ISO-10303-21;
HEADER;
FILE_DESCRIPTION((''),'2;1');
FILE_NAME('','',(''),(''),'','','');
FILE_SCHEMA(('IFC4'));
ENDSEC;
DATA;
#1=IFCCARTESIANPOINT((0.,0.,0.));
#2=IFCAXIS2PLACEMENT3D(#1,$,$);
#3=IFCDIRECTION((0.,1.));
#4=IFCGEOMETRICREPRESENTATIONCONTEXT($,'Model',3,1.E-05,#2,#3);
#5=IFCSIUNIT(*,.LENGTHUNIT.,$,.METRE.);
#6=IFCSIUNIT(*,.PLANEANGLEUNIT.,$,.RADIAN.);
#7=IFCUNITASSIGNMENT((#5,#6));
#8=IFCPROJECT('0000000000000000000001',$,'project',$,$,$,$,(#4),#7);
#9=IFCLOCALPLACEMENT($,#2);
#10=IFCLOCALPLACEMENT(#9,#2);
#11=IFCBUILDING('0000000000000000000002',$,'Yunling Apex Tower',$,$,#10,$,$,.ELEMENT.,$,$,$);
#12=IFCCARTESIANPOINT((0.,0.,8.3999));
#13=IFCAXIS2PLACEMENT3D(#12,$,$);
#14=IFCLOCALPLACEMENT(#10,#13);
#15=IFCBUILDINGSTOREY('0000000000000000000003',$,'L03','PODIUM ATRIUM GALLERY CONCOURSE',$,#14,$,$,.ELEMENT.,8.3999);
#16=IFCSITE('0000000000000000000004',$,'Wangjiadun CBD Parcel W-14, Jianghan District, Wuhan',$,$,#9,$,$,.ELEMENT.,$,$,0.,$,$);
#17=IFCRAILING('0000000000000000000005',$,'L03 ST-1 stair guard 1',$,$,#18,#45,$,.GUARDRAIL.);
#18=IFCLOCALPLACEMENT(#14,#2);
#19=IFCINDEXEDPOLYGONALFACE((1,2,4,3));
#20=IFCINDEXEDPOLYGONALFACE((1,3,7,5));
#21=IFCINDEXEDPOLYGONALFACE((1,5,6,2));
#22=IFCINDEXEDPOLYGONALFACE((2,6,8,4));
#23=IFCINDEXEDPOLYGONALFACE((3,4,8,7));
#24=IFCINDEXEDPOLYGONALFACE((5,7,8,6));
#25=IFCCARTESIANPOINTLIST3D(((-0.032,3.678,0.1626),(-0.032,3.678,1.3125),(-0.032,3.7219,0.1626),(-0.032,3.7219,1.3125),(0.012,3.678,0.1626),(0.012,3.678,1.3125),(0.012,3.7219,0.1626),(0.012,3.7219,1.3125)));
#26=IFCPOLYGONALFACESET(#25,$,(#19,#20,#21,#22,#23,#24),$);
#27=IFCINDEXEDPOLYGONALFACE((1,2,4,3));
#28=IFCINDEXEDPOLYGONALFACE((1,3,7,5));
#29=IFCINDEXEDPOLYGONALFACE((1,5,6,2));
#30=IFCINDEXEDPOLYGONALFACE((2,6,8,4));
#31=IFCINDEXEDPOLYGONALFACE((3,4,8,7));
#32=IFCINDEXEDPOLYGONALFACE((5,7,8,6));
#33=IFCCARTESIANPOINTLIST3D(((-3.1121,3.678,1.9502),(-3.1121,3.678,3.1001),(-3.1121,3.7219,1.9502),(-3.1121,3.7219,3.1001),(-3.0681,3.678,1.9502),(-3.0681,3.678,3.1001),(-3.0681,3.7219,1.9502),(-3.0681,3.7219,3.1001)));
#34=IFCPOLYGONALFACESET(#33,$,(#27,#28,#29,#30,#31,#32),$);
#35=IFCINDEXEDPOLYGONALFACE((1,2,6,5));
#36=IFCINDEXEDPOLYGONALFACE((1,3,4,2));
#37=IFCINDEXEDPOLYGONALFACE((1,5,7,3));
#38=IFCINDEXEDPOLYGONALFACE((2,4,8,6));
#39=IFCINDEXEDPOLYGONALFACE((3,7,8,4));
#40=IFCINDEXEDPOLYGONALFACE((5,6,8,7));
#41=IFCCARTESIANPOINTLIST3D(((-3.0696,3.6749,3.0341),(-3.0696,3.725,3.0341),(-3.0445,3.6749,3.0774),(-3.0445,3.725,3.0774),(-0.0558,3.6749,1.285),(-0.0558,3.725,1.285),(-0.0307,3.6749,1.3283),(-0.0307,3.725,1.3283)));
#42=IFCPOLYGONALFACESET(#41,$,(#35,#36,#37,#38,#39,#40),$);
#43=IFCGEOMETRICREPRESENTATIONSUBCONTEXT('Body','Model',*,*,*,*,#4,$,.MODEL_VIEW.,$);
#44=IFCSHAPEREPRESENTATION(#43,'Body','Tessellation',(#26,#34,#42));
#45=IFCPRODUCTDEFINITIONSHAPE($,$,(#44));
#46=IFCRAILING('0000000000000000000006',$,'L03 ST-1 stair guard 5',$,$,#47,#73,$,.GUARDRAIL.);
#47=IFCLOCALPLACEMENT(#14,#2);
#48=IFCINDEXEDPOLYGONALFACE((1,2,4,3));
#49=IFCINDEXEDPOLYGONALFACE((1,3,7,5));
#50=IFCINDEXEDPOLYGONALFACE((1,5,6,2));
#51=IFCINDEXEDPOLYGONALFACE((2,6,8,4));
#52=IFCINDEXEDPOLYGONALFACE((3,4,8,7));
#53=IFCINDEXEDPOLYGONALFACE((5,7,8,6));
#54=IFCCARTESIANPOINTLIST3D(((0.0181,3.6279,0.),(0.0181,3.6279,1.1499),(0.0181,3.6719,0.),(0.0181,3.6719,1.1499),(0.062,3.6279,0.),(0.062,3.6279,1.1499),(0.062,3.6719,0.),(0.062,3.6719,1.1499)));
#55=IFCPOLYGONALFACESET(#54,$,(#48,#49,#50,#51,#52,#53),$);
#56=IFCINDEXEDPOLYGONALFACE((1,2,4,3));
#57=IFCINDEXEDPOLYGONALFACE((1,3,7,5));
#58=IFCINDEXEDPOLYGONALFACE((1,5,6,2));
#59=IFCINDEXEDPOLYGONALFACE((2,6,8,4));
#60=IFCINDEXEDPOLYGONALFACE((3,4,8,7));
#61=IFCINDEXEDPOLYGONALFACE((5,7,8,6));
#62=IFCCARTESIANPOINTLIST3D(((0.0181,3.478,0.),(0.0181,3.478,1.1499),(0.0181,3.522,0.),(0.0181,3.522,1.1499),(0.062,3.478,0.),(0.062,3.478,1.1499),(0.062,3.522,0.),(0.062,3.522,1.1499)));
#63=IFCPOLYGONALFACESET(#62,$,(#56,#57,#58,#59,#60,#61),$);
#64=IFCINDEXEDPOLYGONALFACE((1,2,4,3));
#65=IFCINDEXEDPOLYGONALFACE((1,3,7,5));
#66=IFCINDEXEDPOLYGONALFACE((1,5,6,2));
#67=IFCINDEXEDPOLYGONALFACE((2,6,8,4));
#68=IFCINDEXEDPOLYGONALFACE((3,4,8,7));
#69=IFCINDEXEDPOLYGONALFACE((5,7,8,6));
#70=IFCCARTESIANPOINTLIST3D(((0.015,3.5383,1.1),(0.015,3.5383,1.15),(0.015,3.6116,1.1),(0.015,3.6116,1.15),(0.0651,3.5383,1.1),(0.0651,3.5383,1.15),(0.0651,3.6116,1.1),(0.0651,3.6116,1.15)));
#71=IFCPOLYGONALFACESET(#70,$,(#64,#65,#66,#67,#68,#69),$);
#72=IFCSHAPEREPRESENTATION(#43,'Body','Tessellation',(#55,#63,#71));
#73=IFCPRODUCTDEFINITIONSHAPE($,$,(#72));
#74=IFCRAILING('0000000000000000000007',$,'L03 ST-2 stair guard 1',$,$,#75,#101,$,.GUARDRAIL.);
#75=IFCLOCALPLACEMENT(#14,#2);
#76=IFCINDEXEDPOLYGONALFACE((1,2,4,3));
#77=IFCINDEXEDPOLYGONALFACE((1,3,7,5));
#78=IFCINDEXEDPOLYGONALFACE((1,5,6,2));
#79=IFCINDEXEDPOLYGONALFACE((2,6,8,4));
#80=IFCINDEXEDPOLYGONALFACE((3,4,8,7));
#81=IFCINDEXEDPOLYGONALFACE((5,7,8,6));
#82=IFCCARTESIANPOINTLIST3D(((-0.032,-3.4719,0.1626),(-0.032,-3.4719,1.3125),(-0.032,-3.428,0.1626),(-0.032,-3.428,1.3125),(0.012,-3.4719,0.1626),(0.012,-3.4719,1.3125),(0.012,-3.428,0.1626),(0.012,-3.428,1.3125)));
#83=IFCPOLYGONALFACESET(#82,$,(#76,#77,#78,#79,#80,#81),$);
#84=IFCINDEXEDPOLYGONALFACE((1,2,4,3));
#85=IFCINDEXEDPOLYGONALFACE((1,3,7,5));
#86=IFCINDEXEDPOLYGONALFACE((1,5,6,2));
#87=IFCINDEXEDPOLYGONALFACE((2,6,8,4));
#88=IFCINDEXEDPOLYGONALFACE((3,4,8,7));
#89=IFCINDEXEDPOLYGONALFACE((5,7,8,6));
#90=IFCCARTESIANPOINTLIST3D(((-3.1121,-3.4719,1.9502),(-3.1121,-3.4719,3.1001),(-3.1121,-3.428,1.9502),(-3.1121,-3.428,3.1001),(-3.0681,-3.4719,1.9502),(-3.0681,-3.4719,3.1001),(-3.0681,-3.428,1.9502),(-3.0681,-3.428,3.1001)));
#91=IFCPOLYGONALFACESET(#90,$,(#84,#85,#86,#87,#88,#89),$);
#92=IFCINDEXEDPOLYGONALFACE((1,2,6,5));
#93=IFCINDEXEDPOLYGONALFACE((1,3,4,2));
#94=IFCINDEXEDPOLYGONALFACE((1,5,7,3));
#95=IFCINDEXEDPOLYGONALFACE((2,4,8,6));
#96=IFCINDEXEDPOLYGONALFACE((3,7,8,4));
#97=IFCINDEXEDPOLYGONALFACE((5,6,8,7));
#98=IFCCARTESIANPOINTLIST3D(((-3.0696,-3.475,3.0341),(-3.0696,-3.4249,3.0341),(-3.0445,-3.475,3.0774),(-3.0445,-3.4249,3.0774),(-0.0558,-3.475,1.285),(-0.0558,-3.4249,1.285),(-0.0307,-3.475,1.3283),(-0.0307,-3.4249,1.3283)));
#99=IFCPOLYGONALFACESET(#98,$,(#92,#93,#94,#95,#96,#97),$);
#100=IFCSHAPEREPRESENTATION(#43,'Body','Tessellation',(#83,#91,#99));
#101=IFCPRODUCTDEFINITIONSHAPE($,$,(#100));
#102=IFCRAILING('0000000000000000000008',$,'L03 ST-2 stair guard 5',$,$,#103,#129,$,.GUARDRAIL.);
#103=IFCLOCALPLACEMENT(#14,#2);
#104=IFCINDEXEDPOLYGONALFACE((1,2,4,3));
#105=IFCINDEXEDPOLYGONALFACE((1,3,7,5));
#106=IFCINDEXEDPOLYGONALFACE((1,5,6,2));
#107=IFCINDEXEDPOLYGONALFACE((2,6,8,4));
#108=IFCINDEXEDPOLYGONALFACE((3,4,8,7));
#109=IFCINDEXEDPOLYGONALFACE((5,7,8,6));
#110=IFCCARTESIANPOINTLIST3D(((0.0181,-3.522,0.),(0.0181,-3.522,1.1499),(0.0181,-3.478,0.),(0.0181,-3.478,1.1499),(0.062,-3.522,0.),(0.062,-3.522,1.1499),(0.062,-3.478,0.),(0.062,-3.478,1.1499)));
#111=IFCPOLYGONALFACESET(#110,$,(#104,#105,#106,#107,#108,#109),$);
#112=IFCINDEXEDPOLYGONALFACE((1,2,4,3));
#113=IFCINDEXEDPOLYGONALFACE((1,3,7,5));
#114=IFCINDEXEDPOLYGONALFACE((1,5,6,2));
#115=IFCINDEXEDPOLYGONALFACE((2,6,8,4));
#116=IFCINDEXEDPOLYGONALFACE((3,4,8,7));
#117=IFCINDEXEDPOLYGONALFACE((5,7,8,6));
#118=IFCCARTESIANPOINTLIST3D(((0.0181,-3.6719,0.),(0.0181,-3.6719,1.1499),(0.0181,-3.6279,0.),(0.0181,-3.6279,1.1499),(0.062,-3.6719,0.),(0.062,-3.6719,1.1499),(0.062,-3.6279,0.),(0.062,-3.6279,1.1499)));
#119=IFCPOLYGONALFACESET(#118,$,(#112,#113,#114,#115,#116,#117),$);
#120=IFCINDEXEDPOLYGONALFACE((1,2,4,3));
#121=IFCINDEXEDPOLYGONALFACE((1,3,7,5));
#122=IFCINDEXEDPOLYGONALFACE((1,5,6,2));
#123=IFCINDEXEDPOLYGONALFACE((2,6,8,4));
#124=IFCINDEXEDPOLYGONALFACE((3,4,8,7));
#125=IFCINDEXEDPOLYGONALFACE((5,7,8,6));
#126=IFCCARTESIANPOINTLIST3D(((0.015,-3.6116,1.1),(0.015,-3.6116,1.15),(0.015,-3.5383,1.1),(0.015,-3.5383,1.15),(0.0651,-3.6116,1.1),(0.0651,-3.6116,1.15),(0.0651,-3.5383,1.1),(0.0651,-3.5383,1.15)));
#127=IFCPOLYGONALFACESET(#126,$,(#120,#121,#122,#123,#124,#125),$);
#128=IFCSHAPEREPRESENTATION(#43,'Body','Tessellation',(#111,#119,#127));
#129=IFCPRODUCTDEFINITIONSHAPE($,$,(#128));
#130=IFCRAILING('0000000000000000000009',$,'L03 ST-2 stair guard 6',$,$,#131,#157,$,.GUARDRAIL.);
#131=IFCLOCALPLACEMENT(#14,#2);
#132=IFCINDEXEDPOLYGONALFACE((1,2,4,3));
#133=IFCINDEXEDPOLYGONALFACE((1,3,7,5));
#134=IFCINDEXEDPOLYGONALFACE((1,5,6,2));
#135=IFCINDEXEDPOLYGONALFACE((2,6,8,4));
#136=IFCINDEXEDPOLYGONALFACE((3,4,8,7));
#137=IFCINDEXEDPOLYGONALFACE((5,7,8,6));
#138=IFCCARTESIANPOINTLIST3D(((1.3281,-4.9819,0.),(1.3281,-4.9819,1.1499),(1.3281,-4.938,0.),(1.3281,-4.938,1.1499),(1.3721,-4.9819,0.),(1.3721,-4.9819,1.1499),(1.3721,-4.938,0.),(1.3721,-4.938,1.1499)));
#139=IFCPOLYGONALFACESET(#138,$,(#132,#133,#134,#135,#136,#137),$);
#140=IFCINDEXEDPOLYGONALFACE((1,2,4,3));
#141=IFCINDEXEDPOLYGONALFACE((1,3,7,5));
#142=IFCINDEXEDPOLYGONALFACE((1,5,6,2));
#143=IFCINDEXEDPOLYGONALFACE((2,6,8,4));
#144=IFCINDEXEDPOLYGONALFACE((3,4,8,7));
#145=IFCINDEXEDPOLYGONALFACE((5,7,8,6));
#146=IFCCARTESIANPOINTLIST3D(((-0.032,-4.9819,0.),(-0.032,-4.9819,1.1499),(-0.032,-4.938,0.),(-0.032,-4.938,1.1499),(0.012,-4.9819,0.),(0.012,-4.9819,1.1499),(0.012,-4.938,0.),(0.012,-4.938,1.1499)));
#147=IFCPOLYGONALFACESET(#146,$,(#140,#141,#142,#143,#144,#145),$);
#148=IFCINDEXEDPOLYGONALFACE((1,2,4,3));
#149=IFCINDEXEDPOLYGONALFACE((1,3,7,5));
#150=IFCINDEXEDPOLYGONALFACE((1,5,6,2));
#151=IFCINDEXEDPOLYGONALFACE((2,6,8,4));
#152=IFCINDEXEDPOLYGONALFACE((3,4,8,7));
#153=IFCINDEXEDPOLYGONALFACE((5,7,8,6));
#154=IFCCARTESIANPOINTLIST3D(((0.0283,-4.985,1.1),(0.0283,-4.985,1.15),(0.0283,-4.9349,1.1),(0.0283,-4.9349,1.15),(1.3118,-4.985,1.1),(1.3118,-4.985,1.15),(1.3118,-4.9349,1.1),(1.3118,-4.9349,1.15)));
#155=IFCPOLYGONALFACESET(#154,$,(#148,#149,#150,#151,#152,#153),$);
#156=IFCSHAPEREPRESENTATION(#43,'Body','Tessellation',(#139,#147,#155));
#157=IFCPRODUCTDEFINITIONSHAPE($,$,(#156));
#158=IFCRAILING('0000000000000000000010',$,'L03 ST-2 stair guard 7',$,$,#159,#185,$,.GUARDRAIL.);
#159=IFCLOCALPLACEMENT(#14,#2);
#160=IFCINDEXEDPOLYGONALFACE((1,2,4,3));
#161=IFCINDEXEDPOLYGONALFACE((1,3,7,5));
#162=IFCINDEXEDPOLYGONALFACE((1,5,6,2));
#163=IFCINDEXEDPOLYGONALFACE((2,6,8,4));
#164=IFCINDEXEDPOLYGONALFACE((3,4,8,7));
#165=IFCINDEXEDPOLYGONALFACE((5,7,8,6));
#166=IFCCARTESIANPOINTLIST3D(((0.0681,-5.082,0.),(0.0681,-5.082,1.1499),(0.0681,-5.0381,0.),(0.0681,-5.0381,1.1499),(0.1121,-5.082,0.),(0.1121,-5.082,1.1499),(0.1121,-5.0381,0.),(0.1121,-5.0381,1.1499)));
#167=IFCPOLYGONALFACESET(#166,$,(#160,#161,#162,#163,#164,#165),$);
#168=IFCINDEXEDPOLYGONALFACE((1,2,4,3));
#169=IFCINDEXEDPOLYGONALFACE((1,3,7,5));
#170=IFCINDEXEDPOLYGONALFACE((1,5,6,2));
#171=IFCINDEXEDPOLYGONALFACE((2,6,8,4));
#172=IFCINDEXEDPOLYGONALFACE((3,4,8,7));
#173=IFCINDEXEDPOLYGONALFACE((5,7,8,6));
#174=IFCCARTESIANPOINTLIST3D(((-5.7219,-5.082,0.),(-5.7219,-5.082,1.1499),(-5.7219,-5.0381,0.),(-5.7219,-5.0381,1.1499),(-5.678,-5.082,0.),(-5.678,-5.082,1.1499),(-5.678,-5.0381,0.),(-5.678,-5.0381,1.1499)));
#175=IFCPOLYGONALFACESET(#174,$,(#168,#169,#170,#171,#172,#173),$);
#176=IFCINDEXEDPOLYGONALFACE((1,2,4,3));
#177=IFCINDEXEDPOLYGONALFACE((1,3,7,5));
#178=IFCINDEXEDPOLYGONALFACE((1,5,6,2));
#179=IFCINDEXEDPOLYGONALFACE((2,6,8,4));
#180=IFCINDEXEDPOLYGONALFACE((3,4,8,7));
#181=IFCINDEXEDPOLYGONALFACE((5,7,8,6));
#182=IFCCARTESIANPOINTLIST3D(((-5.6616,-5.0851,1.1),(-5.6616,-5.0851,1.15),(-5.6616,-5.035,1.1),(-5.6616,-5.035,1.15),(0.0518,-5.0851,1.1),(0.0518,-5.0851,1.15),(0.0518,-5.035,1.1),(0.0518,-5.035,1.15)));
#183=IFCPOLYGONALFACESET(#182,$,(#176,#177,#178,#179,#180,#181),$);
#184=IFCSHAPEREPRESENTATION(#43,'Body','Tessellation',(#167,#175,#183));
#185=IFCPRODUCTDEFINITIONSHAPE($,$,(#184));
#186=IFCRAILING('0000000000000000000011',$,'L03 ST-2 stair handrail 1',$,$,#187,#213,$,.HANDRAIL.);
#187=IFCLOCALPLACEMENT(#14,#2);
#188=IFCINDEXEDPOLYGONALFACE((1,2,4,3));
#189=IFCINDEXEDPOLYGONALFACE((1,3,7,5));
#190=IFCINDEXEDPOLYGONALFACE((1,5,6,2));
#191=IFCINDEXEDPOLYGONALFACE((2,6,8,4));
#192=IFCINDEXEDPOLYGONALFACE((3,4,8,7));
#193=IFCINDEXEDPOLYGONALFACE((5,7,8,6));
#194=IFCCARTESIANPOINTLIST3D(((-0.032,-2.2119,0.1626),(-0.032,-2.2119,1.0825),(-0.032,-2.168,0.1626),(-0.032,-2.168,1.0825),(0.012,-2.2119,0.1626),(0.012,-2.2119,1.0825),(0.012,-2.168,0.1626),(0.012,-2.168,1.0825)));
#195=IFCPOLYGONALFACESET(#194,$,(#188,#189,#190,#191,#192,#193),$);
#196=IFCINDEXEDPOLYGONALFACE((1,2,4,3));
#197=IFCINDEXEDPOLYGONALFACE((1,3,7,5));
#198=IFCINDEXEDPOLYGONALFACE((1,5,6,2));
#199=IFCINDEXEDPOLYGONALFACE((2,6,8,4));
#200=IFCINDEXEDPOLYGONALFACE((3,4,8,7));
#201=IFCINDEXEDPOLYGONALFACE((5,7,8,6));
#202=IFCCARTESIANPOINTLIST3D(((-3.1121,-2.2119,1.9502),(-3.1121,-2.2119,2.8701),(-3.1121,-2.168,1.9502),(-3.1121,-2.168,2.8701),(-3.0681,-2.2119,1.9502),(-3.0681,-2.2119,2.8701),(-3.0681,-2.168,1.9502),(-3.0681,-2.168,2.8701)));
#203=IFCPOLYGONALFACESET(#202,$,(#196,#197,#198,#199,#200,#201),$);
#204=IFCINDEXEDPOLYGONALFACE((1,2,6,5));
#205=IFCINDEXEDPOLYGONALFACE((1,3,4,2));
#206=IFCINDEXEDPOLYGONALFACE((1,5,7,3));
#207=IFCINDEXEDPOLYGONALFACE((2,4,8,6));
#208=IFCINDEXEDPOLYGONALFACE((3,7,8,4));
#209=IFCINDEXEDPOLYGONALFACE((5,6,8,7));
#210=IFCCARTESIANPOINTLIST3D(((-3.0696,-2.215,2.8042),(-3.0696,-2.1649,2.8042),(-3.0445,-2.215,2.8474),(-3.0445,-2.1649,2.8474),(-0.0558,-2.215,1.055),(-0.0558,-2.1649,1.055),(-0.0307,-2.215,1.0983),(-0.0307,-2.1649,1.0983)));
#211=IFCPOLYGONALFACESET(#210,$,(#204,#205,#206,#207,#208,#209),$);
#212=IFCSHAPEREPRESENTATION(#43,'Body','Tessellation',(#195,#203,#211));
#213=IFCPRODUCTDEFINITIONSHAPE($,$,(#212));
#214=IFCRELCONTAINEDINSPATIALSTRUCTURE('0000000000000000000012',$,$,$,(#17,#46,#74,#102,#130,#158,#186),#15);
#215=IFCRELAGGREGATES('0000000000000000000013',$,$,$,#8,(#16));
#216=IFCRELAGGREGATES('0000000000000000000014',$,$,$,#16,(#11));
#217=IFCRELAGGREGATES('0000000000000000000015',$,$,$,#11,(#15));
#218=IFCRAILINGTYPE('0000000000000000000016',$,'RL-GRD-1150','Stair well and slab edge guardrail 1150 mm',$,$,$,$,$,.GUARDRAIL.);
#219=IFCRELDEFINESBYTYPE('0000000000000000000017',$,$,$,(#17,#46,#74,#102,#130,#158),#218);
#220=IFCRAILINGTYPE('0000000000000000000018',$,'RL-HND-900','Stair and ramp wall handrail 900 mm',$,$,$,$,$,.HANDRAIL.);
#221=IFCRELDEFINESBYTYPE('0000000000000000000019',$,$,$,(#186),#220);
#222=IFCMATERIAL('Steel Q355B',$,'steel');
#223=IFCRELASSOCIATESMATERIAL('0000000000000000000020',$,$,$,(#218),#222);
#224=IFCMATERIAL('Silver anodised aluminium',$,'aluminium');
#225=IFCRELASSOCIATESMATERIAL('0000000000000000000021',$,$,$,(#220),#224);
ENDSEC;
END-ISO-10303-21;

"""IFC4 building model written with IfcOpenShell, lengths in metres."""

from ifc_helpers import new_model, si_unit, direction, frame, origin, origin_2d, place, context, subcontext, project, spatial, rectangle, extrude, material, type_object, element, save


model = new_model("IFC4")

# Units and contexts
model_context = context("Model", 3, precision=1e-05, world=origin(), true_north=direction((0.0, 1.0)))
body_context = subcontext(model_context, "Body", "Model", "MODEL_VIEW")
ifc_project = project(units=[si_unit("LENGTHUNIT", "METRE"), si_unit("PLANEANGLEUNIT", "RADIAN")], contexts=[model_context])

# Site, building, storey
site_placement = place(None, origin())
site = spatial("IfcSite", under=ifc_project, at=site_placement, Name="Wangjiadun CBD Parcel W-14, Jianghan District, Wuhan", CompositionType="ELEMENT", RefElevation=0.0)
building_placement = place(site_placement, origin())
building = spatial("IfcBuilding", under=site, at=building_placement, Name="Yunling Apex Tower", CompositionType="ELEMENT")
storey_placement = place(building_placement, frame((0.0, 0.0, 8.3999)))
storey = spatial("IfcBuildingStorey", under=building, at=storey_placement, Name="L03", Description="PODIUM ATRIUM GALLERY CONCOURSE", CompositionType="ELEMENT", Elevation=8.3999)

# Shared definitions
ifc_material_1 = material(Name="Steel Q355B", Category="steel")

# Railings
railing_type_1 = type_object("IfcRailingType", Name="RL-GRD-1150", Description="Stair well and slab edge guardrail 1150 mm", PredefinedType="GUARDRAIL", material=ifc_material_1)
railing_1_placement = place(storey_placement, frame((-0.01, 3.7, 0.1626)))
element("IfcRailing", 1, at=railing_1_placement, inside=storey, type_object=railing_type_1, Name="L03 ST-1 stair guard 1", PredefinedType="GUARDRAIL", context=body_context, shape_type="SweptSolid", body=[
    extrude(rectangle(XDim=0.0439, YDim=0.0439, at=origin_2d()), origin(), (0.0, 0.0, 1.0), 1.1499),
    extrude(rectangle(XDim=0.0439, YDim=0.0439, at=origin_2d()), frame((-3.0801, 0.0, 1.7876)), (0.0, 0.0, 1.0), 1.1499),
    extrude(rectangle(XDim=0.05, YDim=0.05, at=origin_2d()), frame((-0.0332, 0.0, 1.144), z_axis=(-0.864891, 0.0, 0.50196), x_axis=(0.0, -1.0, 0.0)), (0.0, 0.0, 1.0), 3.4846),
])
railing_2_placement = place(storey_placement, frame((0.04, 3.6499, 0.0)))
element("IfcRailing", 2, at=railing_2_placement, inside=storey, type_object=railing_type_1, Name="L03 ST-1 stair guard 5", PredefinedType="GUARDRAIL", context=body_context, shape_type="SweptSolid", body=[
    extrude(rectangle(XDim=0.0439, YDim=0.0439, at=origin_2d()), origin(), (0.0, 0.0, 1.0), 1.1499),
    extrude(rectangle(XDim=0.0439, YDim=0.0439, at=origin_2d()), frame((0.0, -0.1499, 0.0)), (0.0, 0.0, 1.0), 1.1499),
    extrude(rectangle(XDim=0.05, YDim=0.05, at=origin_2d()), frame((0.0, -0.0383, 1.125), z_axis=(0.0, -1.0, 0.0), x_axis=(1.0, 0.0, 0.0)), (0.0, 0.0, 1.0), 0.0732),
])
railing_3_placement = place(storey_placement, frame((-0.01, -3.45, 0.1626)))
element("IfcRailing", 3, at=railing_3_placement, inside=storey, type_object=railing_type_1, Name="L03 ST-2 stair guard 1", PredefinedType="GUARDRAIL", context=body_context, shape_type="SweptSolid", body=[
    extrude(rectangle(XDim=0.0439, YDim=0.0439, at=origin_2d()), origin(), (0.0, 0.0, 1.0), 1.1499),
    extrude(rectangle(XDim=0.0439, YDim=0.0439, at=origin_2d()), frame((-3.0801, 0.0, 1.7876)), (0.0, 0.0, 1.0), 1.1499),
    extrude(rectangle(XDim=0.05, YDim=0.05, at=origin_2d()), frame((-0.0332, 0.0, 1.144), z_axis=(-0.864891, 0.0, 0.50196), x_axis=(0.0, -1.0, 0.0)), (0.0, 0.0, 1.0), 3.4846),
])
railing_4_placement = place(storey_placement, frame((0.04, -3.5, 0.0)))
element("IfcRailing", 4, at=railing_4_placement, inside=storey, type_object=railing_type_1, Name="L03 ST-2 stair guard 5", PredefinedType="GUARDRAIL", context=body_context, shape_type="SweptSolid", body=[
    extrude(rectangle(XDim=0.0439, YDim=0.0439, at=origin_2d()), origin(), (0.0, 0.0, 1.0), 1.1499),
    extrude(rectangle(XDim=0.0439, YDim=0.0439, at=origin_2d()), frame((0.0, -0.1499, 0.0)), (0.0, 0.0, 1.0), 1.1499),
    extrude(rectangle(XDim=0.05, YDim=0.05, at=origin_2d()), frame((0.0, -0.0383, 1.125), z_axis=(0.0, -1.0, 0.0), x_axis=(1.0, 0.0, 0.0)), (0.0, 0.0, 1.0), 0.0732),
])
railing_5_placement = place(storey_placement, frame((1.3501, -4.96, 0.0)))
element("IfcRailing", 5, at=railing_5_placement, inside=storey, type_object=railing_type_1, Name="L03 ST-2 stair guard 6", PredefinedType="GUARDRAIL", context=body_context, shape_type="SweptSolid", body=[
    extrude(rectangle(XDim=0.0439, YDim=0.0439, at=origin_2d()), origin(), (0.0, 0.0, 1.0), 1.1499),
    extrude(rectangle(XDim=0.0439, YDim=0.0439, at=origin_2d()), frame((-1.3601, 0.0, 0.0)), (0.0, 0.0, 1.0), 1.1499),
    extrude(rectangle(XDim=0.05, YDim=0.05, at=origin_2d()), frame((-0.0383, 0.0, 1.125), z_axis=(-1.0, 0.0, 0.0), x_axis=(0.0, -1.0, 0.0)), (0.0, 0.0, 1.0), 1.2834),
])
railing_6_placement = place(storey_placement, frame((0.0901, -5.0601, 0.0)))
element("IfcRailing", 6, at=railing_6_placement, inside=storey, type_object=railing_type_1, Name="L03 ST-2 stair guard 7", PredefinedType="GUARDRAIL", context=body_context, shape_type="SweptSolid", body=[
    extrude(rectangle(XDim=0.0439, YDim=0.0439, at=origin_2d()), origin(), (0.0, 0.0, 1.0), 1.1499),
    extrude(rectangle(XDim=0.0439, YDim=0.0439, at=origin_2d()), frame((-5.79, 0.0, 0.0)), (0.0, 0.0, 1.0), 1.1499),
    extrude(rectangle(XDim=0.05, YDim=0.05, at=origin_2d()), frame((-0.0383, 0.0, 1.125), z_axis=(-1.0, 0.0, 0.0), x_axis=(0.0, -1.0, 0.0)), (0.0, 0.0, 1.0), 5.7134),
])
ifc_material_2 = material(Name="Silver anodised aluminium", Category="aluminium")
railing_type_2 = type_object("IfcRailingType", Name="RL-HND-900", Description="Stair and ramp wall handrail 900 mm", PredefinedType="HANDRAIL", material=ifc_material_2)
railing_7_placement = place(storey_placement, frame((-0.01, -2.1899, 0.1626)))
element("IfcRailing", 7, at=railing_7_placement, inside=storey, type_object=railing_type_2, Name="L03 ST-2 stair handrail 1", PredefinedType="HANDRAIL", context=body_context, shape_type="SweptSolid", body=[
    extrude(rectangle(XDim=0.0439, YDim=0.0439, at=origin_2d()), origin(), (0.0, 0.0, 1.0), 0.9199),
    extrude(rectangle(XDim=0.0439, YDim=0.0439, at=origin_2d()), frame((-3.0801, 0.0, 1.7876)), (0.0, 0.0, 1.0), 0.9199),
    extrude(rectangle(XDim=0.05, YDim=0.05, at=origin_2d()), frame((-0.0332, 0.0, 0.9141), z_axis=(-0.864891, 0.0, 0.50196), x_axis=(0.0, -1.0, 0.0)), (0.0, 0.0, 1.0), 3.4846),
])

save(model, "model.ifc")
